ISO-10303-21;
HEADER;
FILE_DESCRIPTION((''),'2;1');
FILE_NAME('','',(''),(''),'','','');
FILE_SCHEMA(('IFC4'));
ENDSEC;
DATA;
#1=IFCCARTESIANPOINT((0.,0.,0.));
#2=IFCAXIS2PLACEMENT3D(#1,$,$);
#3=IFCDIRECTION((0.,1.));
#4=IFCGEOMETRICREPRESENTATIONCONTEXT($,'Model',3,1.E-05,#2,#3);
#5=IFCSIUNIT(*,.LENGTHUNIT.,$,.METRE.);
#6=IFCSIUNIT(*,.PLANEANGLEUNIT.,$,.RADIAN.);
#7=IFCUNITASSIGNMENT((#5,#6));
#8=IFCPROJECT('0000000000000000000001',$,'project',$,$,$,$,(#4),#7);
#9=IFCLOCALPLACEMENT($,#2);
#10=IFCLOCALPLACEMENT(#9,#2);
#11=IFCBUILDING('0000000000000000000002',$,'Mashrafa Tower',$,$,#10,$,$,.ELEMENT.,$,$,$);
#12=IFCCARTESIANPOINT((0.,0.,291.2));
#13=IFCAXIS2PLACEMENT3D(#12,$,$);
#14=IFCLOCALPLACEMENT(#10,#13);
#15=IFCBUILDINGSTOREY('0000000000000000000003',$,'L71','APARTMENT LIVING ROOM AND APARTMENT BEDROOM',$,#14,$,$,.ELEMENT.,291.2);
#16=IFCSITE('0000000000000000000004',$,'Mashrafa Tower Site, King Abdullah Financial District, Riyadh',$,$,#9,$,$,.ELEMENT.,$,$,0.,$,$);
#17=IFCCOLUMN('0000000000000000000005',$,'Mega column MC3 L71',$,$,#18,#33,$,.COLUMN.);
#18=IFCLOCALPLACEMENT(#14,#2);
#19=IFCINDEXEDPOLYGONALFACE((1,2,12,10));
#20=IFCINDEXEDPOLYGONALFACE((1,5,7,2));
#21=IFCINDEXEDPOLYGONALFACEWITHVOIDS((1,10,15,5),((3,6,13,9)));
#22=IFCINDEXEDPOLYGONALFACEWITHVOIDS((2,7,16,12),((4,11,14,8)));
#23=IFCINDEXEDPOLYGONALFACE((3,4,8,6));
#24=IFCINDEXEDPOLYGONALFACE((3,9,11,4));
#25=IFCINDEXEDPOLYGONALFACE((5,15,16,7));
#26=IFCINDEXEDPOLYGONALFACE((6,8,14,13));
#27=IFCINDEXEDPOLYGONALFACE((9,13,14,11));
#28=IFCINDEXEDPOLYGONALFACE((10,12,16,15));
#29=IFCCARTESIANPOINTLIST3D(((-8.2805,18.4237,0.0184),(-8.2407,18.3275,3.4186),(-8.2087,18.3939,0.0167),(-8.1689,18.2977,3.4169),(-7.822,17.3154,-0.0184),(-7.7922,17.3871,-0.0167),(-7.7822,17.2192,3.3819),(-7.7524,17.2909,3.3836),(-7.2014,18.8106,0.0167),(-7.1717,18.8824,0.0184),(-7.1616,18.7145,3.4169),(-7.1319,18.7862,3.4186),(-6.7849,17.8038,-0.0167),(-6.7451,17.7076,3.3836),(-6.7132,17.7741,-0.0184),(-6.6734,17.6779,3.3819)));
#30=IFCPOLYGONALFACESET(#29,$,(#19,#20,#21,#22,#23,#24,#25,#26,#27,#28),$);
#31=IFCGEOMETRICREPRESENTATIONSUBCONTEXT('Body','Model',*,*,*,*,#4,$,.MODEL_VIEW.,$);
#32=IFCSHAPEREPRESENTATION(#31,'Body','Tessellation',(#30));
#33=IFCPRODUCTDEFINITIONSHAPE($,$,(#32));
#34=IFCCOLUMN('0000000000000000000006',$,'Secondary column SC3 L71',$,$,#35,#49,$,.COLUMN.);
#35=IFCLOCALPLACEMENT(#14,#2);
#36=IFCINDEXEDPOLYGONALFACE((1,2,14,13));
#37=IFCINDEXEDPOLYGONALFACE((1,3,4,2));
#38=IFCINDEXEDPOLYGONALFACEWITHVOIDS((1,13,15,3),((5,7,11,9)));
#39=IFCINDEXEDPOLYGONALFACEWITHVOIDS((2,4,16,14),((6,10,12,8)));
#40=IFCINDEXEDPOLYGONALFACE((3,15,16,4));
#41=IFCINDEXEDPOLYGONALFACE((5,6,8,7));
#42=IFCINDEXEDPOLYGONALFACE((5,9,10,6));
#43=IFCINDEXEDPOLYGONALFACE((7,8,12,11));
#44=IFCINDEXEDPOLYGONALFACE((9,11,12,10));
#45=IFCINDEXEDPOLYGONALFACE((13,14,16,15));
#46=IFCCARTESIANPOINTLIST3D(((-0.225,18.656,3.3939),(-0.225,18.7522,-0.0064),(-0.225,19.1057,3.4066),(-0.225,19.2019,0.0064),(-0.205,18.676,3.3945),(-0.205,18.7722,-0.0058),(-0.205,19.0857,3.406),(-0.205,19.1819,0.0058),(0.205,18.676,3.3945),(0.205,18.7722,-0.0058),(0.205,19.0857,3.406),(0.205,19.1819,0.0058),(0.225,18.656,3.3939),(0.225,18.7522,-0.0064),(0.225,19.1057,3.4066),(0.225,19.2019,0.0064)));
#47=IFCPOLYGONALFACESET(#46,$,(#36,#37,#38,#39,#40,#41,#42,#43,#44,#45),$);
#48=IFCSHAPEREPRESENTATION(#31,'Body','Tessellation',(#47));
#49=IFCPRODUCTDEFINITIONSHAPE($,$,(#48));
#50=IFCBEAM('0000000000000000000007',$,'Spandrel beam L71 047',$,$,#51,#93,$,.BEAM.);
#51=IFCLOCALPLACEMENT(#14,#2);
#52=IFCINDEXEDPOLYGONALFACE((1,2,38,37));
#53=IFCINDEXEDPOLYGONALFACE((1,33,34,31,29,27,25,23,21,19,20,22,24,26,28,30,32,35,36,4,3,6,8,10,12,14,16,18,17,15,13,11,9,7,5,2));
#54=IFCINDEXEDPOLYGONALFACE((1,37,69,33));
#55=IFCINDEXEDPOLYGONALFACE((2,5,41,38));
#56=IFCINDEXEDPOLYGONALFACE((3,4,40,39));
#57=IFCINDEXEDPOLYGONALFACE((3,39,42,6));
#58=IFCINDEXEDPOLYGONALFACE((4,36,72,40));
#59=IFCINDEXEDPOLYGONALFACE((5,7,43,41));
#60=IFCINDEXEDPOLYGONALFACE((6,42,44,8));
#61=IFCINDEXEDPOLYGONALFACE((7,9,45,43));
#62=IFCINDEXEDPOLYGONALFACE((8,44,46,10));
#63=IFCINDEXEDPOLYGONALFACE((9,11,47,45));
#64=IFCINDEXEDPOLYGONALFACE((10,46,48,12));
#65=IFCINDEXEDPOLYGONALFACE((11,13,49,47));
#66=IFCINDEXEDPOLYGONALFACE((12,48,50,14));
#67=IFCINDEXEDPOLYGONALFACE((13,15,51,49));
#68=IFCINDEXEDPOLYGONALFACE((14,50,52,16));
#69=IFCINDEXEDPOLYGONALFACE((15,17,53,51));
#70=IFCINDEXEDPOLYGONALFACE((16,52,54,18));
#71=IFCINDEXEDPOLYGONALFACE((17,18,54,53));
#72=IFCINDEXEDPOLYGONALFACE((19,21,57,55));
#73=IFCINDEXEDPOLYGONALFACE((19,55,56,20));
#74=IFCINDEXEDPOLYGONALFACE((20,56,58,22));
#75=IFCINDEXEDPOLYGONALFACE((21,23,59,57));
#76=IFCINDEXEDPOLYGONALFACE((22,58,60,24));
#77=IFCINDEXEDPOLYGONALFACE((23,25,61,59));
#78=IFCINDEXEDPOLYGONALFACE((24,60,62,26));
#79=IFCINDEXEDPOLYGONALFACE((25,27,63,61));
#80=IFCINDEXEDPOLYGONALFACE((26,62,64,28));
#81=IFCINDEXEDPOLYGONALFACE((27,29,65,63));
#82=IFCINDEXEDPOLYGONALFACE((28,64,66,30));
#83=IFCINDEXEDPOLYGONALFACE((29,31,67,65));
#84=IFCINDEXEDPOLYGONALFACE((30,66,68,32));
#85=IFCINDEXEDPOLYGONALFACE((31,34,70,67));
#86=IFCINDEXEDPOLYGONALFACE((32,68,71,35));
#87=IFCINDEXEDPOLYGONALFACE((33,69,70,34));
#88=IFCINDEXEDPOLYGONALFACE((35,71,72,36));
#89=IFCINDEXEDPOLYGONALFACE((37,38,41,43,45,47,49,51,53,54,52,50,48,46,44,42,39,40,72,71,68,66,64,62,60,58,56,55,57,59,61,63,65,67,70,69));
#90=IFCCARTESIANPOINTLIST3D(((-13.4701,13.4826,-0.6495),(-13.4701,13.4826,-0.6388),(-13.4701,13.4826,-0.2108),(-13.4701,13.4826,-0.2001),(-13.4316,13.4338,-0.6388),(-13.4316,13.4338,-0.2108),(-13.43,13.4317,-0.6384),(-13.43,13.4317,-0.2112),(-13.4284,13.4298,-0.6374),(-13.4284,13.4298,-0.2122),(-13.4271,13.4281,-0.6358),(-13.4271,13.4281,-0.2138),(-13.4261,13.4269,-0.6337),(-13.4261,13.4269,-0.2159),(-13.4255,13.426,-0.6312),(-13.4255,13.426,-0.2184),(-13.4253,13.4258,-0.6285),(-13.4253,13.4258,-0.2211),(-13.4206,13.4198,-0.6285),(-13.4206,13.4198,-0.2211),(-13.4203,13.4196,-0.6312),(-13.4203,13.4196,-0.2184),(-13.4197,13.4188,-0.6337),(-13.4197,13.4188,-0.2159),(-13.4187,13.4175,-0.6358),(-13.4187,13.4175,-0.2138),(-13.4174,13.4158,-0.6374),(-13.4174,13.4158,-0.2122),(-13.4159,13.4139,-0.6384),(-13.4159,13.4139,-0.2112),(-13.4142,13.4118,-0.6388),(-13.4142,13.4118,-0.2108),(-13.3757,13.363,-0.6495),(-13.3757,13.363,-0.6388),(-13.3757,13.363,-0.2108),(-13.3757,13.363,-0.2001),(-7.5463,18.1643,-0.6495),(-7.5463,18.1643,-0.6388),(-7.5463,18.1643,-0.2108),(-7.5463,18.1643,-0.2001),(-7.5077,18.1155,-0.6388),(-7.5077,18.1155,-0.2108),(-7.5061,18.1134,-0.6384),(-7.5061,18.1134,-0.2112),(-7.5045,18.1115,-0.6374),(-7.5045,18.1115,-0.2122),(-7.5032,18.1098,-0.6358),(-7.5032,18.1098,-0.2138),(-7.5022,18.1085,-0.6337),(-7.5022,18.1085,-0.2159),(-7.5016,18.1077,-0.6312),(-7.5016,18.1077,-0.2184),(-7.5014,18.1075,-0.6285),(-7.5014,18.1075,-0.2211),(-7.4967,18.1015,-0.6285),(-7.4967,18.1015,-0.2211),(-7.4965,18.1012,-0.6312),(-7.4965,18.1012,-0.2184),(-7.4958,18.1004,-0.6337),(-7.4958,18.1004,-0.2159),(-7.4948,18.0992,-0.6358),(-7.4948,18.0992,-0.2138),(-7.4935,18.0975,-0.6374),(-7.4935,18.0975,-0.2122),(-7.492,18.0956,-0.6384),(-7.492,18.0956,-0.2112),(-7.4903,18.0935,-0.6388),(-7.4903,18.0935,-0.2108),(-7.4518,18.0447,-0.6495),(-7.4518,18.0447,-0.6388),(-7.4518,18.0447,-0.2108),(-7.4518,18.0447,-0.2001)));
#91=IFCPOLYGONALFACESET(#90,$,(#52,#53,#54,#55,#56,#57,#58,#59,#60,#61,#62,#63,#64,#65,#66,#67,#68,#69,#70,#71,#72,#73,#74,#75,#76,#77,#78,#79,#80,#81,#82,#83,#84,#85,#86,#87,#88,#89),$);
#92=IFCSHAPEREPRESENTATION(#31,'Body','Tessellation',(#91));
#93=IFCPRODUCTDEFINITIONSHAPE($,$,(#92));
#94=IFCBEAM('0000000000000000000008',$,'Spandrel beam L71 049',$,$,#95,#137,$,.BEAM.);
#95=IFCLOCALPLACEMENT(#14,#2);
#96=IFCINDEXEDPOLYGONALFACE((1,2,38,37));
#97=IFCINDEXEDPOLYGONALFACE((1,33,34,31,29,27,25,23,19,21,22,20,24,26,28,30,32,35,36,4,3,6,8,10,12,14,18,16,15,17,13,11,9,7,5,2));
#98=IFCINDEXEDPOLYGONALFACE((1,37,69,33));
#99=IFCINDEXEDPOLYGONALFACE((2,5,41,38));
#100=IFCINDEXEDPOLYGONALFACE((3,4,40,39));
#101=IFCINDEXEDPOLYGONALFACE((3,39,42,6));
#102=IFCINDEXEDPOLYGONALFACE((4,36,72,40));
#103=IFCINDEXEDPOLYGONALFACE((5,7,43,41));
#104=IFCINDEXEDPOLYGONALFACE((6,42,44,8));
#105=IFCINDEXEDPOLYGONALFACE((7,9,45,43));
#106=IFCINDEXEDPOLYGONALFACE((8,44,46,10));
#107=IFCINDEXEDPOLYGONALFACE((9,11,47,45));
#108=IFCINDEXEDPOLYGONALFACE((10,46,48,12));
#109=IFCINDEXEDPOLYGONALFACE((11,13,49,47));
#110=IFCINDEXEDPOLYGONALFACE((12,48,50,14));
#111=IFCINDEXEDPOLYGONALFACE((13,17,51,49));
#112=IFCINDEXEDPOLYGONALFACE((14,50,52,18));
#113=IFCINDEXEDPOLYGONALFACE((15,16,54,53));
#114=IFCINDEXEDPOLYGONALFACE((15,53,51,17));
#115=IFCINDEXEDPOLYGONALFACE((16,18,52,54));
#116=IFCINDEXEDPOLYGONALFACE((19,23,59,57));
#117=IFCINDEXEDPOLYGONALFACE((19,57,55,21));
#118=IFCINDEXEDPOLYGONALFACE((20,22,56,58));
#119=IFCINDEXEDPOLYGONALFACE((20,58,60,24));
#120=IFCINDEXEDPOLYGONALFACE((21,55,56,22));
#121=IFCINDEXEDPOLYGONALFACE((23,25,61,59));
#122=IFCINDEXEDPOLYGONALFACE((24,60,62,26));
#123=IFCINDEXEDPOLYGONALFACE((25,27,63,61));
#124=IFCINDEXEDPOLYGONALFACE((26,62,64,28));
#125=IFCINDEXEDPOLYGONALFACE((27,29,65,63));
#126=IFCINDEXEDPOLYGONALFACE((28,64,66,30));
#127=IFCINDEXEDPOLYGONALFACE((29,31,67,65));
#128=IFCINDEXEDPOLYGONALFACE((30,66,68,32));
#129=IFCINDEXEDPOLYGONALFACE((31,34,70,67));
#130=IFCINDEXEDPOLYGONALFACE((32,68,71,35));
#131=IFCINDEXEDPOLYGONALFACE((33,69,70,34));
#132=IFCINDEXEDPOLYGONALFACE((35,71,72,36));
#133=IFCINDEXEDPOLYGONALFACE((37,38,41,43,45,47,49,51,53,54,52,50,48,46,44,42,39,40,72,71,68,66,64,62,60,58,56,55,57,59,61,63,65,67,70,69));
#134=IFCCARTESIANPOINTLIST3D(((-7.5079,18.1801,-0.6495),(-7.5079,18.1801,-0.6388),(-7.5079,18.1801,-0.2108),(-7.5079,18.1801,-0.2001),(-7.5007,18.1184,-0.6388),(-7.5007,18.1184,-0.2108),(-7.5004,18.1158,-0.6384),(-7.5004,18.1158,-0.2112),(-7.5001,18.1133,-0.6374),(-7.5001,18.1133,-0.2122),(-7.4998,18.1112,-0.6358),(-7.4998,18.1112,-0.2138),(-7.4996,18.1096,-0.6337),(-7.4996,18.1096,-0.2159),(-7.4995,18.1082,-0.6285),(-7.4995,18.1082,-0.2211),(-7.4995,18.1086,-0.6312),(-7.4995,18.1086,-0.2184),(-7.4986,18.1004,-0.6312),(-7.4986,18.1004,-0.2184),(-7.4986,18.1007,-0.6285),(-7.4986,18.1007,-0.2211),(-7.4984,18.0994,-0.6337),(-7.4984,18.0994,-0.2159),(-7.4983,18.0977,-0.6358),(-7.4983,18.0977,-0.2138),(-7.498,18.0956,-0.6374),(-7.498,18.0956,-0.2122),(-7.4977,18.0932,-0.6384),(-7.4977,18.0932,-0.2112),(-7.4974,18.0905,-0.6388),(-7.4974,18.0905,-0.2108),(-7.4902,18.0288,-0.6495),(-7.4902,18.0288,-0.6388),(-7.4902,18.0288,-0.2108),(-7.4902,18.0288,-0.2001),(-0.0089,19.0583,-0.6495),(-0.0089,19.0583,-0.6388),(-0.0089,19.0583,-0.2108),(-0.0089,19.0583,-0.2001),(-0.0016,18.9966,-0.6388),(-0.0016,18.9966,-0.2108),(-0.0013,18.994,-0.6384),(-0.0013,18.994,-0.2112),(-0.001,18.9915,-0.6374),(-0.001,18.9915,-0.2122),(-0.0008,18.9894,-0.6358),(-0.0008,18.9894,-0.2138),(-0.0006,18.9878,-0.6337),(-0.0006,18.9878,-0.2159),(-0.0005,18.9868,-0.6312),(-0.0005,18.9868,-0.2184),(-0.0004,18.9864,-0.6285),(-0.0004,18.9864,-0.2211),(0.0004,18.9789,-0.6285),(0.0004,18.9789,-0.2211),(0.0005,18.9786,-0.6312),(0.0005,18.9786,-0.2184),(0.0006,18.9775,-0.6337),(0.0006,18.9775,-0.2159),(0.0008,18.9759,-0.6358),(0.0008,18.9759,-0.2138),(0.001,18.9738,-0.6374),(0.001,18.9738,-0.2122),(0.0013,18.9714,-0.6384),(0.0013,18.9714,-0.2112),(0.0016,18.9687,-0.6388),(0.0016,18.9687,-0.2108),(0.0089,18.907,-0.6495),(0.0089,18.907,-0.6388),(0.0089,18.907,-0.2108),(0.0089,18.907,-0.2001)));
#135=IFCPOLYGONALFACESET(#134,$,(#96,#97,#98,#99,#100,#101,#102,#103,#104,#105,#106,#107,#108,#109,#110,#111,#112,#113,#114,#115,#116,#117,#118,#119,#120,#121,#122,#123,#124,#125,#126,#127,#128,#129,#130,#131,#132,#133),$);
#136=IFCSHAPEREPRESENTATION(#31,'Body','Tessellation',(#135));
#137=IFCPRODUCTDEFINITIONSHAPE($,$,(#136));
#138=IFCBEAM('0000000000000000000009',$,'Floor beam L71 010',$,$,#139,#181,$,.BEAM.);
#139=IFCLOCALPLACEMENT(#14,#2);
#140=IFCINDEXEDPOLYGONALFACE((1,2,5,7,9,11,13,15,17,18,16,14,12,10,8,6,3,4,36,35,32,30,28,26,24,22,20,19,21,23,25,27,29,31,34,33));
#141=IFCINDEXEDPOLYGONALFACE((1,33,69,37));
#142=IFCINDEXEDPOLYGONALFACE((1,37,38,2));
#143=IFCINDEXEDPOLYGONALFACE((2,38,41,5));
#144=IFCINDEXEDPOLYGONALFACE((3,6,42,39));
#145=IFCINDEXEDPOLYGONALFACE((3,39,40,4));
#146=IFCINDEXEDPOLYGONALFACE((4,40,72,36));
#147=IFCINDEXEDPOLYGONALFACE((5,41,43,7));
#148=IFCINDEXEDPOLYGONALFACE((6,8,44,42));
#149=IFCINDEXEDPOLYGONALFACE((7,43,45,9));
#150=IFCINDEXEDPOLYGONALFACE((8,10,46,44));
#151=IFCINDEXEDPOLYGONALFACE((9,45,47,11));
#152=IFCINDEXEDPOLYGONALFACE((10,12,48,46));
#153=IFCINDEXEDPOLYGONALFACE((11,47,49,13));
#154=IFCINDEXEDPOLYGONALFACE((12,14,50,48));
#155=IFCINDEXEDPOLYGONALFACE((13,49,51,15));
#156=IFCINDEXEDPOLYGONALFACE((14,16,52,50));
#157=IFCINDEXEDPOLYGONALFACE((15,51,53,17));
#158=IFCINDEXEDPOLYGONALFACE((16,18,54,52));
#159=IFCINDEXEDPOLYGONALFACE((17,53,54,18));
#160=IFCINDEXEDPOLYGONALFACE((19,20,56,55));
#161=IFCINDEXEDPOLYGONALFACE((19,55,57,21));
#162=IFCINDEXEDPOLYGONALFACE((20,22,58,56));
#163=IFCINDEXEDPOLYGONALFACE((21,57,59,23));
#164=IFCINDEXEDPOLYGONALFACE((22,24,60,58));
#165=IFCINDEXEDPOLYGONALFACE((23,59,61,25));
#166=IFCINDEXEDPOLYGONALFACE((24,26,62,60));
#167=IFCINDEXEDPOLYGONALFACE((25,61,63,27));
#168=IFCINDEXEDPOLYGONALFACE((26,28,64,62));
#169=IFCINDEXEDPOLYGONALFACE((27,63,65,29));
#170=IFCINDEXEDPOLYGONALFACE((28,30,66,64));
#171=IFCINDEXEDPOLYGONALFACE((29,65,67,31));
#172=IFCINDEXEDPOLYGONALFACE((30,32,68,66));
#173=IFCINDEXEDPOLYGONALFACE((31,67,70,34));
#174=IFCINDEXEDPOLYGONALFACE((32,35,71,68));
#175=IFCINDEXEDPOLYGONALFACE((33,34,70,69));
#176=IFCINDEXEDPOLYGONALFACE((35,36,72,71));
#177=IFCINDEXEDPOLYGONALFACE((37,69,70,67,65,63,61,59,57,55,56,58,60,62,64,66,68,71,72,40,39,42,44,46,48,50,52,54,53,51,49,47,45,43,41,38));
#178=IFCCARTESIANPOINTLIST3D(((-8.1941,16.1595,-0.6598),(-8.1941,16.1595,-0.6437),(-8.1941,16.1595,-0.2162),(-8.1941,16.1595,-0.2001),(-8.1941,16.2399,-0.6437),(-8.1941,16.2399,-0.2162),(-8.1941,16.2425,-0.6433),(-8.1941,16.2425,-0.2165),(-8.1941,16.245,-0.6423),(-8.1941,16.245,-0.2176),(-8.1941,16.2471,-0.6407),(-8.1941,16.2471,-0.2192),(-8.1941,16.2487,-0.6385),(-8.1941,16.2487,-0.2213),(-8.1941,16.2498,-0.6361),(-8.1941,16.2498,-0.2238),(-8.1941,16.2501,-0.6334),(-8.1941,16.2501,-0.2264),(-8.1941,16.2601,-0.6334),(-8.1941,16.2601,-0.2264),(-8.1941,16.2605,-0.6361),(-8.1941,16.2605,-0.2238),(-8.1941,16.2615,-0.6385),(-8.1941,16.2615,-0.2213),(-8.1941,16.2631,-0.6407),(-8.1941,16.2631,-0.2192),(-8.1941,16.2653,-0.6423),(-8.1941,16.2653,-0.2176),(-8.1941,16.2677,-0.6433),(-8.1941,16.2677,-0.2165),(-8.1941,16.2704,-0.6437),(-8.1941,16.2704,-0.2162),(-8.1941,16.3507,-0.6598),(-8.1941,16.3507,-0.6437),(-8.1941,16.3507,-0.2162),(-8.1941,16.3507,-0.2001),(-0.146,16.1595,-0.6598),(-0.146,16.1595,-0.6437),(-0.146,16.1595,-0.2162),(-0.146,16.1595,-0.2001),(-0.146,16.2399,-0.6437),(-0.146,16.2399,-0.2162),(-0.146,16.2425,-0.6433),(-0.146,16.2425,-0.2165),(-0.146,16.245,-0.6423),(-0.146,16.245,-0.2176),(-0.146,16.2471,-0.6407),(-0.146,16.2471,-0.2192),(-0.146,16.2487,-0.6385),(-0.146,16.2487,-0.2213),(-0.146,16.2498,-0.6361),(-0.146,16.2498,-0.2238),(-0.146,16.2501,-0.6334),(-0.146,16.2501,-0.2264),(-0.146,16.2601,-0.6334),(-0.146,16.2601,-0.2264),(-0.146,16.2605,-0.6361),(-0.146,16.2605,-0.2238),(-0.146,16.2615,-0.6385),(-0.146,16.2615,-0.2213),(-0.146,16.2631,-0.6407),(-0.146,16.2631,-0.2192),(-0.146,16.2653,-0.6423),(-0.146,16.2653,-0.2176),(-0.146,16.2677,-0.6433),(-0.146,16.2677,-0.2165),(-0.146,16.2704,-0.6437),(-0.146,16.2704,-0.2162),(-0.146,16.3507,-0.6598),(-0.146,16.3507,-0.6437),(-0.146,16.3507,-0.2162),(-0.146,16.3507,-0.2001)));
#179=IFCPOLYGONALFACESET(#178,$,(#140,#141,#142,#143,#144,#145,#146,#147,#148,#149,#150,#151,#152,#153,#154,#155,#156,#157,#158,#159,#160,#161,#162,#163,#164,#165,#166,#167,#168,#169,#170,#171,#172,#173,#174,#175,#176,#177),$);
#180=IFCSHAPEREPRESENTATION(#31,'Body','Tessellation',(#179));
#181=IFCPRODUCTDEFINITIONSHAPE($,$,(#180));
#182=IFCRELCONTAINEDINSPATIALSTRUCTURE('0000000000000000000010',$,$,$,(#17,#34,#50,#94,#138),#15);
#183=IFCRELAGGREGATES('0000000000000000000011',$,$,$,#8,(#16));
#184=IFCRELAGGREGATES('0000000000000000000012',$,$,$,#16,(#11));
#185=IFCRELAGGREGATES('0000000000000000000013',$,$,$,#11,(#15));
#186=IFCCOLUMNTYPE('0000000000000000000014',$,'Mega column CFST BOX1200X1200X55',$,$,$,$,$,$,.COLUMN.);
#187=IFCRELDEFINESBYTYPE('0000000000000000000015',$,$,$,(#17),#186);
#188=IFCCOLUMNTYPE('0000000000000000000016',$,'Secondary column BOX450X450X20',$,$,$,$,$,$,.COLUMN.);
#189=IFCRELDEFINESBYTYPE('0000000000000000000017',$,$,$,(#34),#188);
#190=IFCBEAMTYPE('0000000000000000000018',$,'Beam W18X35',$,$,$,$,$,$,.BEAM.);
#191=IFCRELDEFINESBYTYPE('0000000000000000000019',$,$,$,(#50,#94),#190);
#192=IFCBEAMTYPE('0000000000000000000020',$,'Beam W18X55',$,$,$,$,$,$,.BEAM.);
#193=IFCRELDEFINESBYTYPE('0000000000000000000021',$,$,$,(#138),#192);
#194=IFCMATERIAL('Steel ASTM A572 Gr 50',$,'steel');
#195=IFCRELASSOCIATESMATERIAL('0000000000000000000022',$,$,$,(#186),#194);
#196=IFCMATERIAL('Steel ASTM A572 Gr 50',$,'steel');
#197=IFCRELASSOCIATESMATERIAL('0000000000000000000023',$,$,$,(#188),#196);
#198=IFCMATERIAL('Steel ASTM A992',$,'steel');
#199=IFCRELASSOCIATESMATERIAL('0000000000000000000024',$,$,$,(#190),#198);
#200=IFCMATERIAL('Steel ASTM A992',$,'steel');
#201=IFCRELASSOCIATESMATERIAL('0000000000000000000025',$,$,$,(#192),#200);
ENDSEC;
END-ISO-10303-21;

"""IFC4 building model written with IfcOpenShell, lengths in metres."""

from ifc_helpers import new_model, si_unit, direction, frame, origin, origin_2d, place, context, subcontext, project, spatial, hollow_rectangle, i_section, extrude, material, material_profile, profile_set, type_object, element, save


model = new_model("IFC4")

# Units and contexts
model_context = context("Model", 3, precision=1e-05, world=origin(), true_north=direction((0.0, 1.0)))
body_context = subcontext(model_context, "Body", "Model", "MODEL_VIEW")
ifc_project = project(units=[si_unit("LENGTHUNIT", "METRE"), si_unit("PLANEANGLEUNIT", "RADIAN")], contexts=[model_context])

# Site, building, storey
site_placement = place(None, origin())
site = spatial("IfcSite", under=ifc_project, at=site_placement, Name="Mashrafa Tower Site, King Abdullah Financial District, Riyadh", CompositionType="ELEMENT", RefElevation=0.0)
building_placement = place(site_placement, origin())
building = spatial("IfcBuilding", under=site, at=building_placement, Name="Mashrafa Tower", CompositionType="ELEMENT")
storey_placement = place(building_placement, frame((0.0, 0.0, 291.2)))
storey = spatial("IfcBuildingStorey", under=building, at=storey_placement, Name="L71", Description="APARTMENT LIVING ROOM AND APARTMENT BEDROOM", CompositionType="ELEMENT", Elevation=291.2)

# Columns
ifc_material_1 = material(Name="Steel ASTM A572 Gr 50", Category="steel")
ifc_material_profile_1 = material_profile(ifc_material_1, hollow_rectangle(XDim=1.2, YDim=1.2, WallThickness=0.0549, at=origin_2d()), Name="BOX1200X1200X55")
ifc_profile_set_1 = profile_set([ifc_material_profile_1], Name="Steel ASTM A572 Gr 50")
column_type_1 = type_object("IfcColumnType", Name="Mega column CFST BOX1200X1200X55", PredefinedType="COLUMN", material=ifc_profile_set_1)
column_1_placement = place(storey_placement, frame((-7.4968, 18.0989, 0.0), z_axis=(0.011698, -0.028277, 0.999532), x_axis=(0.924045, 0.382283, 0.0)))
element("IfcColumn", 1, at=column_1_placement, inside=storey, type_object=column_type_1, Name="Mega column MC3 L71", PredefinedType="COLUMN", context=body_context, shape_type="SweptSolid", body=[
    extrude(hollow_rectangle(XDim=1.2, YDim=1.2, WallThickness=0.0549, at=origin_2d()), origin(), (0.0, 0.0, 1.0), 3.4019),
])
ifc_material_2 = material(Name="Steel ASTM A572 Gr 50", Category="steel")
ifc_material_profile_2 = material_profile(ifc_material_2, hollow_rectangle(XDim=0.45, YDim=0.45, WallThickness=0.02, at=origin_2d()), Name="BOX450X450X20")
ifc_profile_set_2 = profile_set([ifc_material_profile_2], Name="Steel ASTM A572 Gr 50")
column_type_2 = type_object("IfcColumnType", Name="Secondary column BOX450X450X20", PredefinedType="COLUMN", material=ifc_profile_set_2)
column_2_placement = place(storey_placement, frame((0.0, 18.9771, 0.0), z_axis=(0.0, -0.028279, 0.9996), x_axis=(1.0, 0.0, 0.0)))
element("IfcColumn", 2, at=column_2_placement, inside=storey, type_object=column_type_2, Name="Secondary column SC3 L71", PredefinedType="COLUMN", context=body_context, shape_type="SweptSolid", body=[
    extrude(hollow_rectangle(XDim=0.45, YDim=0.45, WallThickness=0.02, at=origin_2d()), origin(), (0.0, 0.0, 1.0), 3.4016),
])

# Beams
ifc_material_3 = material(Name="Steel ASTM A992", Category="steel")
ifc_material_profile_3 = material_profile(ifc_material_3, i_section(OverallWidth=0.1523, OverallDepth=0.4495, WebThickness=0.0076, FlangeThickness=0.0107, FilletRadius=0.0103, at=origin_2d()), Name="W18X35")
ifc_profile_set_3 = profile_set([ifc_material_profile_3], Name="Steel ASTM A992")
beam_type_1 = type_object("IfcBeamType", Name="Beam W18X35", PredefinedType="BEAM", material=ifc_profile_set_3)
beam_1_placement = place(storey_placement, frame((-7.499, 18.1045, -0.4248), z_axis=(-0.784565, -0.620047, 0.0), x_axis=(0.620047, -0.784565, 0.0)))
element("IfcBeam", 3, at=beam_1_placement, inside=storey, type_object=beam_type_1, Name="Spandrel beam L71 047", PredefinedType="BEAM", context=body_context, shape_type="SweptSolid", body=[
    extrude(i_section(OverallWidth=0.1523, OverallDepth=0.4495, WebThickness=0.0076, FlangeThickness=0.0107, FilletRadius=0.0103, at=origin_2d()), origin(), (0.0, 0.0, 1.0), 7.5505),
])
beam_2_placement = place(storey_placement, frame((0.0, 18.9827, -0.4248), z_axis=(-0.993213, -0.11631, 0.0), x_axis=(0.11631, -0.993213, 0.0)))
element("IfcBeam", 4, at=beam_2_placement, inside=storey, type_object=beam_type_1, Name="Spandrel beam L71 049", PredefinedType="BEAM", context=body_context, shape_type="SweptSolid", body=[
    extrude(i_section(OverallWidth=0.1523, OverallDepth=0.4495, WebThickness=0.0076, FlangeThickness=0.0107, FilletRadius=0.0103, at=origin_2d()), origin(), (0.0, 0.0, 1.0), 7.5503),
])
ifc_material_4 = material(Name="Steel ASTM A992", Category="steel")
ifc_material_profile_4 = material_profile(ifc_material_4, i_section(OverallWidth=0.1912, OverallDepth=0.4597, WebThickness=0.01, FlangeThickness=0.0161, FilletRadius=0.0103, at=origin_2d()), Name="W18X55")
ifc_profile_set_4 = profile_set([ifc_material_profile_4], Name="Steel ASTM A992")
beam_type_2 = type_object("IfcBeamType", Name="Beam W18X55", PredefinedType="BEAM", material=ifc_profile_set_4)
beam_3_placement = place(storey_placement, frame((-8.1941, 16.2551, -0.4299), z_axis=(1.0, 0.0, 0.0), x_axis=(0.0, 1.0, 0.0)))
element("IfcBeam", 5, at=beam_3_placement, inside=storey, type_object=beam_type_2, Name="Floor beam L71 010", PredefinedType="BEAM", context=body_context, shape_type="SweptSolid", body=[
    extrude(i_section(OverallWidth=0.1912, OverallDepth=0.4597, WebThickness=0.01, FlangeThickness=0.0161, FilletRadius=0.0103, at=origin_2d()), origin(), (0.0, 0.0, 1.0), 8.0481),
])

save(model, "model.ifc")
